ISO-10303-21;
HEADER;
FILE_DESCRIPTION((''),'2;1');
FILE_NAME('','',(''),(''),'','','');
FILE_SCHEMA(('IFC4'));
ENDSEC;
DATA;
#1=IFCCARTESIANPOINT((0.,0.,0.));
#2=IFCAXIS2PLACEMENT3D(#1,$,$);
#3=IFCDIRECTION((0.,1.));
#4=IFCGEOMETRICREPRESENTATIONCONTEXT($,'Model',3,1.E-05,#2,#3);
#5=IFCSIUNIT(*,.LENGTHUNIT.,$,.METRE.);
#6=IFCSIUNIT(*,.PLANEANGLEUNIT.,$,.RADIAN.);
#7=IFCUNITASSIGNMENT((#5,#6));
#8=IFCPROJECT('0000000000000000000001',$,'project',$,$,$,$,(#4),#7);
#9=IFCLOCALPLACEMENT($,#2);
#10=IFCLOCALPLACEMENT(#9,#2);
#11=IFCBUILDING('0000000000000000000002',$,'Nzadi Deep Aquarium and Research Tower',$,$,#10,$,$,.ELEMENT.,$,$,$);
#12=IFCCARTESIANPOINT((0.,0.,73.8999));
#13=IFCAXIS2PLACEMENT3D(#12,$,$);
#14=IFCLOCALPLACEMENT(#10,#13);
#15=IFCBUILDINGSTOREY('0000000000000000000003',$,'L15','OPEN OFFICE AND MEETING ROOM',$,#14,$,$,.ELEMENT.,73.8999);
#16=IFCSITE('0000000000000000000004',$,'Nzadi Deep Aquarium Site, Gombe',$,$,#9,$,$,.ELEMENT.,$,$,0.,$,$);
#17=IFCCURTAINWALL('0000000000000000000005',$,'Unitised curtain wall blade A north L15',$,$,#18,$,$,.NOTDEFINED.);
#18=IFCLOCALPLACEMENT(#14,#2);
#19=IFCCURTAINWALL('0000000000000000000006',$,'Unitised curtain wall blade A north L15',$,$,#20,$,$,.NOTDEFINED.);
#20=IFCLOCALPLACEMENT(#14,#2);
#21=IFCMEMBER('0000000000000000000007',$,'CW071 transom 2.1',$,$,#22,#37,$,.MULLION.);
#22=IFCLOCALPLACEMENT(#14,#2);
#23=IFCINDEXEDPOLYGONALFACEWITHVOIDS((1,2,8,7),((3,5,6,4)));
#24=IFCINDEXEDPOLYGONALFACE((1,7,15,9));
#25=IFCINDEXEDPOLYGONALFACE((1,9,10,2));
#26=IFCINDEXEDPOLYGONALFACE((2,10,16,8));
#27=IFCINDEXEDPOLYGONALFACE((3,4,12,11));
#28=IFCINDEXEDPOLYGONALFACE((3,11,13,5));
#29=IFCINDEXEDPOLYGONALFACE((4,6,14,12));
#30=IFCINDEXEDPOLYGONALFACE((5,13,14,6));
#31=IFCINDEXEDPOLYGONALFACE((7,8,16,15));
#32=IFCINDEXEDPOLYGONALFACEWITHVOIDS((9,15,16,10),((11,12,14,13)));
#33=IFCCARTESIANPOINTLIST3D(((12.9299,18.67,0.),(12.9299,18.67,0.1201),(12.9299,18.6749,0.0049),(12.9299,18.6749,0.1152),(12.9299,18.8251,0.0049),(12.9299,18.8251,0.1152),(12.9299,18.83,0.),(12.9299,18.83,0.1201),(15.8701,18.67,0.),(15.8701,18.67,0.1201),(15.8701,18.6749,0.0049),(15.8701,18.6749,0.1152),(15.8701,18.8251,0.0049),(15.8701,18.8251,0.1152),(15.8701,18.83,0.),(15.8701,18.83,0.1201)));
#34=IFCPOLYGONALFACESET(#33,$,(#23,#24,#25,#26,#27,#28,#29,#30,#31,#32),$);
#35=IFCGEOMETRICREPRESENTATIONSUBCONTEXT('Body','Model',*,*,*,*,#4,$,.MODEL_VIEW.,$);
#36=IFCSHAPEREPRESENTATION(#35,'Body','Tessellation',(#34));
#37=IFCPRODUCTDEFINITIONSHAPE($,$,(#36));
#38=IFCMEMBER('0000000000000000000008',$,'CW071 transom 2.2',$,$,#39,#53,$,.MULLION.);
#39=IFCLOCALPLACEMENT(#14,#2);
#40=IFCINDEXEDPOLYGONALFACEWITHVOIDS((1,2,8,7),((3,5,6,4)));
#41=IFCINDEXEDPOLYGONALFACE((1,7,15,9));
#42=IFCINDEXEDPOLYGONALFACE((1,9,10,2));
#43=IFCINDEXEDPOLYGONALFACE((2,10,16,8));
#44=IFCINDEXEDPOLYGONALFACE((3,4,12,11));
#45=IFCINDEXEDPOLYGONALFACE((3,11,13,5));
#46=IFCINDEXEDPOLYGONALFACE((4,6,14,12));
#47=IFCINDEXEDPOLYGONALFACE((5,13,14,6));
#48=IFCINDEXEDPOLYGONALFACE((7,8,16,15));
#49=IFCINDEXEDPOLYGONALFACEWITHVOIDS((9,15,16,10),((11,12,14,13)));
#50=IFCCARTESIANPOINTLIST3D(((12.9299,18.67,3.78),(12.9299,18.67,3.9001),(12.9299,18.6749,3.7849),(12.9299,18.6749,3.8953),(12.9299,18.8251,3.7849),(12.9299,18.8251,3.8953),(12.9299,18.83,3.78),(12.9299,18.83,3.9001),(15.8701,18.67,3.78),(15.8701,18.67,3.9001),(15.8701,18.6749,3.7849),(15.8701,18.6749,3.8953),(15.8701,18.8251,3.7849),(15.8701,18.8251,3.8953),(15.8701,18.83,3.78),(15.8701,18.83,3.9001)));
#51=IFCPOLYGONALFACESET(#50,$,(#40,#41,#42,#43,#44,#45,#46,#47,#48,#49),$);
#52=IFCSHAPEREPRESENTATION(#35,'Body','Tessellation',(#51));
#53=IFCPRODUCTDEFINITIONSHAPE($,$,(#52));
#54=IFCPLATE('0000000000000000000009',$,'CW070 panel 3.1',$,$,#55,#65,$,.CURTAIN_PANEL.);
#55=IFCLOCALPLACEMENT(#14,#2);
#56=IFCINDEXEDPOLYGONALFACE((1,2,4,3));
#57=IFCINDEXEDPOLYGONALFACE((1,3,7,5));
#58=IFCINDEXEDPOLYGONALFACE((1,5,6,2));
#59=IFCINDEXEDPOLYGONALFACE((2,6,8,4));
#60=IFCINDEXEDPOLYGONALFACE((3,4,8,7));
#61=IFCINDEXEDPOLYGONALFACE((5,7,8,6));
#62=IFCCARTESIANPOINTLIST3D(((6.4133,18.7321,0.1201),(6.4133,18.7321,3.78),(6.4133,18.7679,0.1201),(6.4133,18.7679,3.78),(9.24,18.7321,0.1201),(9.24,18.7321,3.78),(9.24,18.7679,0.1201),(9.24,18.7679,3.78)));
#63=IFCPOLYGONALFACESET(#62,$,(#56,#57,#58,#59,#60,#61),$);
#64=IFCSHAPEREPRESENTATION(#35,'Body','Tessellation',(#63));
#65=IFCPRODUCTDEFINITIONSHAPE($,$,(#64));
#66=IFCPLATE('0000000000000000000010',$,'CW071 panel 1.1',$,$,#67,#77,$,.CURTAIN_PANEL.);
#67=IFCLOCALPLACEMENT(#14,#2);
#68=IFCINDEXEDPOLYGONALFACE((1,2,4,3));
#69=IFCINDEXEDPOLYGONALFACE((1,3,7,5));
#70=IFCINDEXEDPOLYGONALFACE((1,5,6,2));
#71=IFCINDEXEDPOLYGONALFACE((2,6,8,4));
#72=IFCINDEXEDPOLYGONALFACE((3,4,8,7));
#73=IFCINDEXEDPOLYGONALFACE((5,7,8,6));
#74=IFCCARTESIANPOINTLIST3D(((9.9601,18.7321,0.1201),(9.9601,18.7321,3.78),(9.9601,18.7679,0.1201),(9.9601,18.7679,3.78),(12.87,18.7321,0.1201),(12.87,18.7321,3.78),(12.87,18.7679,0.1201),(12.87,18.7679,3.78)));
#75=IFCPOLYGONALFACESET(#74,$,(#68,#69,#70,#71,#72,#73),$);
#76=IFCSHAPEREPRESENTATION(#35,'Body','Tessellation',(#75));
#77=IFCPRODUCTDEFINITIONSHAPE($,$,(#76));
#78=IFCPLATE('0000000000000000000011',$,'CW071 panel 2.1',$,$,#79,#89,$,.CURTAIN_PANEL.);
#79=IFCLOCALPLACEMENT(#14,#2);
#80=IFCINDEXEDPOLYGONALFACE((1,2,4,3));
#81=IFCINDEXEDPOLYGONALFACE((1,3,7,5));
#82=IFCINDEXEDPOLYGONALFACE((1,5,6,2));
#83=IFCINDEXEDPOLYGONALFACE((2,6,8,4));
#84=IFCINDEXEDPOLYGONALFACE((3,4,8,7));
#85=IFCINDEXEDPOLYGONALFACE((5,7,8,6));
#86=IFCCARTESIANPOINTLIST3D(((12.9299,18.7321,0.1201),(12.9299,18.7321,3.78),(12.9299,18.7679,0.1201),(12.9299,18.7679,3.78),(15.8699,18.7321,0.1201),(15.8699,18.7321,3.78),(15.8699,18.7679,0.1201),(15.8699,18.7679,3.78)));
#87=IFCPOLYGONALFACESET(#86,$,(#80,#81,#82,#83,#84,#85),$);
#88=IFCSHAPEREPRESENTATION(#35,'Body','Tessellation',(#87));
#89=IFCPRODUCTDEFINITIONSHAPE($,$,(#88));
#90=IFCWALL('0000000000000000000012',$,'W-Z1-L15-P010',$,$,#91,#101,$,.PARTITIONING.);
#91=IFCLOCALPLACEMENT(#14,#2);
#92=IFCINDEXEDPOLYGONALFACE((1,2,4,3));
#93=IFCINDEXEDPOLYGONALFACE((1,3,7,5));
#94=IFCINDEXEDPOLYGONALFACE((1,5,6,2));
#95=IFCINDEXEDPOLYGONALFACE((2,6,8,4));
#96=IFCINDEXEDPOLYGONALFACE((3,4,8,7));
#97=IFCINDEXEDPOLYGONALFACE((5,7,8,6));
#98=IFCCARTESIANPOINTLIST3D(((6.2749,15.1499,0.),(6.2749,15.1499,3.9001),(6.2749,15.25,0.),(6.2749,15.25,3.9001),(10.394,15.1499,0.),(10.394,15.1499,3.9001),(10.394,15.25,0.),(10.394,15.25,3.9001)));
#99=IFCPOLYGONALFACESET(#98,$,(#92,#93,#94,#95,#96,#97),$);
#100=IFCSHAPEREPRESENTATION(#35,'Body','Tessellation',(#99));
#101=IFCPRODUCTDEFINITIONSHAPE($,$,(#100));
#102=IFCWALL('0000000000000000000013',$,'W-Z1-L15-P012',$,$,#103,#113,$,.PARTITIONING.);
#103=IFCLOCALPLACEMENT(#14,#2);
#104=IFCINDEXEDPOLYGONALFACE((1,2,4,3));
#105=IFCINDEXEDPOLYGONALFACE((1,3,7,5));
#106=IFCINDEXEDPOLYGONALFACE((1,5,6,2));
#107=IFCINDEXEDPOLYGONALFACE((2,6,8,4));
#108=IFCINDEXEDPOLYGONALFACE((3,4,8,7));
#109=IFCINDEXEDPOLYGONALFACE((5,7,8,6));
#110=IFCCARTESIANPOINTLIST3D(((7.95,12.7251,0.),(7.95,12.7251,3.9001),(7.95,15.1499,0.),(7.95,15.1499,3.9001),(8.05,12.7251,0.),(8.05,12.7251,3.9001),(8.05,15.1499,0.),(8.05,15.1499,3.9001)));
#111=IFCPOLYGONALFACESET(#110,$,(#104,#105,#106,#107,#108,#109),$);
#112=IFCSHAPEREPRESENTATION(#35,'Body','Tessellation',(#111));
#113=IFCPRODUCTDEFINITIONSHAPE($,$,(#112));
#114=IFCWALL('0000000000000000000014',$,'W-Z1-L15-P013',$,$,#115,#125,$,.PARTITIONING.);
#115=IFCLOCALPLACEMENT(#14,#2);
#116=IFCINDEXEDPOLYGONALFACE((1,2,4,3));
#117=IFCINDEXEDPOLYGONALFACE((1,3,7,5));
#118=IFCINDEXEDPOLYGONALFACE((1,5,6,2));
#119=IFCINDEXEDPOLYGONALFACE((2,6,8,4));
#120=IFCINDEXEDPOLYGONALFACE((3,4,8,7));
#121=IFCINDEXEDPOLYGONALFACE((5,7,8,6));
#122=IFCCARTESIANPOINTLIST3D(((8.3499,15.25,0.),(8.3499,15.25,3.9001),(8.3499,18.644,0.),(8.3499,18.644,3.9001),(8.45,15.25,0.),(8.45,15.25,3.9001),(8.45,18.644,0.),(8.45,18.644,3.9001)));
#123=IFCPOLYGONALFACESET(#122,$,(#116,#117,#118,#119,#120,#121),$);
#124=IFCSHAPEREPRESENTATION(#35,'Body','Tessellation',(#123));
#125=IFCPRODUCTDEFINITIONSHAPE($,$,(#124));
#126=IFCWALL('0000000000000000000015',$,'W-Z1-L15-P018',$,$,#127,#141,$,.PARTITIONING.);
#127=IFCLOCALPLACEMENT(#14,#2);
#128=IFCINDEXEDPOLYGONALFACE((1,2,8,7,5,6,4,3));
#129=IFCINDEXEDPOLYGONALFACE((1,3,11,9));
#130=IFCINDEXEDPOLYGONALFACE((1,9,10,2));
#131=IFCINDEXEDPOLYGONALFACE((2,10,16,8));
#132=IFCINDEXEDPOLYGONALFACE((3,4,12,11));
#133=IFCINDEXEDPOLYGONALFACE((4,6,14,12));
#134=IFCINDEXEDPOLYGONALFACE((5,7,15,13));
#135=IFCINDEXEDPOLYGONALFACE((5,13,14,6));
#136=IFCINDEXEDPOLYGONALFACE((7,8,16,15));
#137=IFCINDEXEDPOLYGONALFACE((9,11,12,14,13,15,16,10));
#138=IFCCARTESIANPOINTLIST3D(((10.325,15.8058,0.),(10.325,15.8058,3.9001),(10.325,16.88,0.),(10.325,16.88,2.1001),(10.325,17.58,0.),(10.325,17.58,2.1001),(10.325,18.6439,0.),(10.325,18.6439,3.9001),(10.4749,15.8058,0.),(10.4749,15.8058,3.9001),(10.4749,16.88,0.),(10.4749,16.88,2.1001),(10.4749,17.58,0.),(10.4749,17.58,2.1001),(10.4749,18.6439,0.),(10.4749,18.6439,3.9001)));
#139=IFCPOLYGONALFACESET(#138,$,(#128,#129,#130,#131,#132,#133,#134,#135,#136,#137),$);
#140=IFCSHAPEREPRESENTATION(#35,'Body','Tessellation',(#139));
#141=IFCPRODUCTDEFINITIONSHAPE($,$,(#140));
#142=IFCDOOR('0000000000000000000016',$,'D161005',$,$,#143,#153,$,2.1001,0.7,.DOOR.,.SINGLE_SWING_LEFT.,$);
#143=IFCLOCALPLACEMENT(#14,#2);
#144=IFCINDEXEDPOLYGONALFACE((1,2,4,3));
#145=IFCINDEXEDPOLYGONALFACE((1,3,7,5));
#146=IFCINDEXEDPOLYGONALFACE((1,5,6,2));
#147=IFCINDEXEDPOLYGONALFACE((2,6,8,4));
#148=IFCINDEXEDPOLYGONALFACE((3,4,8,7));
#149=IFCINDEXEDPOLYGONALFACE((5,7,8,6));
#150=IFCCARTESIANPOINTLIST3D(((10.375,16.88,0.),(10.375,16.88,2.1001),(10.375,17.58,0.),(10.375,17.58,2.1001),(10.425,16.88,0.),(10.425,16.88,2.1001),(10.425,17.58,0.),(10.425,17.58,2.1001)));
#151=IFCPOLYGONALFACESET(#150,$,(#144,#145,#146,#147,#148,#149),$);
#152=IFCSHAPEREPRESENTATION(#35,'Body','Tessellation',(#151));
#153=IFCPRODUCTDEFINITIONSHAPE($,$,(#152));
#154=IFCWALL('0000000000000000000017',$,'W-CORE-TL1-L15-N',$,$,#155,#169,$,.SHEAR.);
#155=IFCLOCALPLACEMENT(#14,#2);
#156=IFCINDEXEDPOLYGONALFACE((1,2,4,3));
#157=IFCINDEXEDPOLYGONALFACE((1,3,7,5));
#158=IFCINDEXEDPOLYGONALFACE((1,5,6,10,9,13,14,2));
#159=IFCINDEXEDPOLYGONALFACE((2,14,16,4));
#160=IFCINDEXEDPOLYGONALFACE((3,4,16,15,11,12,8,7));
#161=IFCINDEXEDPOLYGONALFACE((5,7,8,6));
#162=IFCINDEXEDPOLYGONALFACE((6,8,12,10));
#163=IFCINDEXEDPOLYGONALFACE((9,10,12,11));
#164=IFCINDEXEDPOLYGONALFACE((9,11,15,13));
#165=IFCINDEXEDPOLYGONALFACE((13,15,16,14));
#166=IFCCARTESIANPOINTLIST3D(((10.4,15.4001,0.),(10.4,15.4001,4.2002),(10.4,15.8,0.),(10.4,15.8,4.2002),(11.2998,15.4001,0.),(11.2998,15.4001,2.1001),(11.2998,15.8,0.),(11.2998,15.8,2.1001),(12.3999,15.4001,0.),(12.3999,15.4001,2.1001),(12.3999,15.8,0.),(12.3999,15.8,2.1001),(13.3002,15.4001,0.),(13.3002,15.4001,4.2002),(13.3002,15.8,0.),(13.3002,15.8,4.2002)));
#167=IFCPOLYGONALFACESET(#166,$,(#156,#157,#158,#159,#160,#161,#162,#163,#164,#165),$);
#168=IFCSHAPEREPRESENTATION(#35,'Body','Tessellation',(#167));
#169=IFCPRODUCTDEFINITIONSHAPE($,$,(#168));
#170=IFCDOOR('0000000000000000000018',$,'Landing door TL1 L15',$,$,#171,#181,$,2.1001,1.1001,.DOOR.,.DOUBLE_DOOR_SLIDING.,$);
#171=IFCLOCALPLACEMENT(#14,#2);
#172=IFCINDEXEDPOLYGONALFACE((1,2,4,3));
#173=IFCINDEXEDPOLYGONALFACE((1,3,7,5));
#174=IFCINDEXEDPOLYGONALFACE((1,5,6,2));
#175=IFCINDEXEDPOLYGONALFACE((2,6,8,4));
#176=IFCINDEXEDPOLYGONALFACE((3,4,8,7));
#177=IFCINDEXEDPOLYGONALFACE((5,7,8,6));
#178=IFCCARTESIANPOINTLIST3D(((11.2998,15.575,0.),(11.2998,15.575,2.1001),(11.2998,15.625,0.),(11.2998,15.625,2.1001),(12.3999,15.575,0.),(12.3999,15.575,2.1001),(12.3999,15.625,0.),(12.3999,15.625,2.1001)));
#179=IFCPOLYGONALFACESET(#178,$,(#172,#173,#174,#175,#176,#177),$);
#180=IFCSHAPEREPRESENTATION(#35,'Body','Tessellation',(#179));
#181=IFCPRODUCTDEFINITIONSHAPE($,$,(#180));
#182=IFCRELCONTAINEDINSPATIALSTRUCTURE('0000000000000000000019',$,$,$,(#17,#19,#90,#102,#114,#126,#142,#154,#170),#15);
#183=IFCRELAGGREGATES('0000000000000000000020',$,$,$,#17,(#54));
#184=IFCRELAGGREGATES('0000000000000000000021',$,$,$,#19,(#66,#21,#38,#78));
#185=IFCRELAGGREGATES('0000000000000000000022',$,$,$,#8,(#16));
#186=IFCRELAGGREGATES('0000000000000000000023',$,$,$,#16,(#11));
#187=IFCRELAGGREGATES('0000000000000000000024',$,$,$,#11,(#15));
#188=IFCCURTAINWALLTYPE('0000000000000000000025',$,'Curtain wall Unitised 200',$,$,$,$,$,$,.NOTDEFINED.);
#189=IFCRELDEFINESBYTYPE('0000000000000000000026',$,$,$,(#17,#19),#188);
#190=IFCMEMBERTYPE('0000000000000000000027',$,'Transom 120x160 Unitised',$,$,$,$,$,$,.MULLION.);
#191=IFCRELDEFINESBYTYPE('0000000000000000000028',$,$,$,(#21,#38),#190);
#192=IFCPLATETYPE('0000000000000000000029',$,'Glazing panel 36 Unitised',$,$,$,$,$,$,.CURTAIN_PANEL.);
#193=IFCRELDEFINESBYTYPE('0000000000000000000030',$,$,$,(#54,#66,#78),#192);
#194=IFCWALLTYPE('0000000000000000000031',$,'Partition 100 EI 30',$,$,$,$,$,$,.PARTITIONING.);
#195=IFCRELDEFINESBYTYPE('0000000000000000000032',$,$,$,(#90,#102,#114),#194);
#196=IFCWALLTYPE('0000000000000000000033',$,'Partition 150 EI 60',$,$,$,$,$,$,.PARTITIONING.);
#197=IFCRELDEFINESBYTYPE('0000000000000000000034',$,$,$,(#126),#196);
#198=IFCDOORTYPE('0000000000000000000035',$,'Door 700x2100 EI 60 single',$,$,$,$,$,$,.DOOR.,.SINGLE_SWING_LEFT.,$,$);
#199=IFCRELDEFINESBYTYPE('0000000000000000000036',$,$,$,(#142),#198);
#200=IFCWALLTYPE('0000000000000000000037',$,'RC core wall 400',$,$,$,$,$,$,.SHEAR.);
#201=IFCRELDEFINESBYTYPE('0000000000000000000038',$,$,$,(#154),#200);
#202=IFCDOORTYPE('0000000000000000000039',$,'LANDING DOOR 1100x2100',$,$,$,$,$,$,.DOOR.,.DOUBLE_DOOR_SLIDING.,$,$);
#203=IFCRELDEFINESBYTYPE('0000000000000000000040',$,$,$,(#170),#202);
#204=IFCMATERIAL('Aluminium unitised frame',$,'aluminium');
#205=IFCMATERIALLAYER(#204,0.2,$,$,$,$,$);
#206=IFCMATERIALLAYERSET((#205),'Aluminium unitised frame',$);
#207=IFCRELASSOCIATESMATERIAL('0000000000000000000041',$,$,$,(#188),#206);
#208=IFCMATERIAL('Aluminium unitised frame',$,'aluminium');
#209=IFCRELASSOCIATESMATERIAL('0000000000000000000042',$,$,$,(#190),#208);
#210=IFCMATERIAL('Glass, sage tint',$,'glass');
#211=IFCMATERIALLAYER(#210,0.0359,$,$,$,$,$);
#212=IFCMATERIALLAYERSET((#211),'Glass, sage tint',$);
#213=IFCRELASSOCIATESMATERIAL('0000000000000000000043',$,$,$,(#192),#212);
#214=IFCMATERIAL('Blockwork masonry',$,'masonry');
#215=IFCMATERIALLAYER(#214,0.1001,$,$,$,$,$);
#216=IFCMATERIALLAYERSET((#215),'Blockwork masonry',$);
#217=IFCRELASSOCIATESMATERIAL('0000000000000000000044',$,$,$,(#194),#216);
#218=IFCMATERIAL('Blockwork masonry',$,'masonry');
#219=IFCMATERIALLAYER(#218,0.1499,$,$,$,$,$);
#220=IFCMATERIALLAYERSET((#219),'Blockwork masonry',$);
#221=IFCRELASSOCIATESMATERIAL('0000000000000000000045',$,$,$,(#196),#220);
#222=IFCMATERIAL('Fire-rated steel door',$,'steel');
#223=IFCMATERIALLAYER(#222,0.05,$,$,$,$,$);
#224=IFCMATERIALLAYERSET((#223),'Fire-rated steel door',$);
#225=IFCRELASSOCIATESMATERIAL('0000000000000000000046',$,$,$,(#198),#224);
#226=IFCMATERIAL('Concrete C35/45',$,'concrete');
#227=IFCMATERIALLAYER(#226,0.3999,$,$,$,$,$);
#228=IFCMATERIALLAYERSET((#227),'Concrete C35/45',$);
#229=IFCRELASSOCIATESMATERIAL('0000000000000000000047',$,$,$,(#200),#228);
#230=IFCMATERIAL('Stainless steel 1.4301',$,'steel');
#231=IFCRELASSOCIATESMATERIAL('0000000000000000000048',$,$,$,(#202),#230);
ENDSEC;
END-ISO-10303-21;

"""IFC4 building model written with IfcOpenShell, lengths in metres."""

from ifc_helpers import new_model, si_unit, direction, frame, frame_2d, origin, origin_2d, place, context, subcontext, project, spatial, rectangle, hollow_rectangle, extrude, material, layer, layer_set, material_profile, profile_set, type_object, element, fill, aggregate, save


model = new_model("IFC4")

# Units and contexts
model_context = context("Model", 3, precision=1e-05, world=origin(), true_north=direction((0.0, 1.0)))
body_context = subcontext(model_context, "Body", "Model", "MODEL_VIEW")
ifc_project = project(units=[si_unit("LENGTHUNIT", "METRE"), si_unit("PLANEANGLEUNIT", "RADIAN")], contexts=[model_context])

# Site, building, storey
site_placement = place(None, origin())
site = spatial("IfcSite", under=ifc_project, at=site_placement, Name="Nzadi Deep Aquarium Site, Gombe", CompositionType="ELEMENT", RefElevation=0.0)
building_placement = place(site_placement, origin())
building = spatial("IfcBuilding", under=site, at=building_placement, Name="Nzadi Deep Aquarium and Research Tower", CompositionType="ELEMENT")
storey_placement = place(building_placement, frame((0.0, 0.0, 73.8999)))
storey = spatial("IfcBuildingStorey", under=building, at=storey_placement, Name="L15", Description="OPEN OFFICE AND MEETING ROOM", CompositionType="ELEMENT", Elevation=73.8999)

# Curtain walls
ifc_material_1 = material(Name="Aluminium unitised frame", Category="aluminium")
ifc_layer_1 = layer(ifc_material_1, 0.2)
ifc_layer_set_1 = layer_set([ifc_layer_1], Name="Aluminium unitised frame")
curtain_wall_type = type_object("IfcCurtainWallType", Name="Curtain wall Unitised 200", PredefinedType="NOTDEFINED", material=ifc_layer_set_1)
curtain_wall_1_placement = place(storey_placement, origin())
curtain_wall_1 = element("IfcCurtainWall", 1, at=curtain_wall_1_placement, inside=storey, type_object=curtain_wall_type, Name="Unitised curtain wall blade A north L15", PredefinedType="NOTDEFINED")
curtain_wall_2_placement = place(storey_placement, origin())
curtain_wall_2 = element("IfcCurtainWall", 2, at=curtain_wall_2_placement, inside=storey, type_object=curtain_wall_type, Name="Unitised curtain wall blade A north L15", PredefinedType="NOTDEFINED")

# Members
ifc_material_2 = material(Name="Aluminium unitised frame", Category="aluminium")
ifc_material_profile_1 = material_profile(ifc_material_2, hollow_rectangle(XDim=0.1599, YDim=0.1201, WallThickness=0.0049, at=origin_2d()))
ifc_profile_set_1 = profile_set([ifc_material_profile_1], Name="Aluminium unitised frame")
member_type_1 = type_object("IfcMemberType", Name="Transom 120x160 Unitised", PredefinedType="MULLION", material=ifc_profile_set_1)
member_1_placement = place(storey_placement, frame((12.9299, 18.75, 0.0601), z_axis=(1.0, 0.0, 0.0), x_axis=(0.0, 1.0, 0.0)))
member_1 = element("IfcMember", 3, at=member_1_placement, type_object=member_type_1, Name="CW071 transom 2.1", PredefinedType="MULLION", context=body_context, shape_type="SweptSolid", body=[
    extrude(hollow_rectangle(XDim=0.1599, YDim=0.1201, WallThickness=0.0049, at=origin_2d()), origin(), (0.0, 0.0, 1.0), 2.9402),
])
member_2_placement = place(storey_placement, frame((12.9299, 18.75, 3.8401), z_axis=(1.0, 0.0, 0.0), x_axis=(0.0, 1.0, 0.0)))
member_2 = element("IfcMember", 4, at=member_2_placement, type_object=member_type_1, Name="CW071 transom 2.2", PredefinedType="MULLION", context=body_context, shape_type="SweptSolid", body=[
    extrude(hollow_rectangle(XDim=0.1599, YDim=0.1201, WallThickness=0.0049, at=origin_2d()), origin(), (0.0, 0.0, 1.0), 2.9402),
])

# Plates
ifc_material_3 = material(Name="Glass, sage tint", Category="glass")
ifc_layer_2 = layer(ifc_material_3, 0.0359)
ifc_layer_set_2 = layer_set([ifc_layer_2], Name="Glass, sage tint")
plate_type = type_object("IfcPlateType", Name="Glazing panel 36 Unitised", PredefinedType="CURTAIN_PANEL", material=ifc_layer_set_2)
plate_1_placement = place(storey_placement, frame((7.8267, 18.75, 0.1201), z_axis=(0.0, 0.0, 1.0), x_axis=(1.0, 0.0, 0.0)))
plate_1 = element("IfcPlate", 5, at=plate_1_placement, type_object=plate_type, Name="CW070 panel 3.1", PredefinedType="CURTAIN_PANEL", context=body_context, shape_type="SweptSolid", body=[
    extrude(rectangle(XDim=2.8267, YDim=0.0359, at=origin_2d()), origin(), (0.0, 0.0, 1.0), 3.6599),
])
aggregate(curtain_wall_1, [plate_1])
plate_2_placement = place(storey_placement, frame((11.415, 18.75, 0.1201), z_axis=(0.0, 0.0, 1.0), x_axis=(1.0, 0.0, 0.0)))
plate_2 = element("IfcPlate", 6, at=plate_2_placement, type_object=plate_type, Name="CW071 panel 1.1", PredefinedType="CURTAIN_PANEL", context=body_context, shape_type="SweptSolid", body=[
    extrude(rectangle(XDim=2.9099, YDim=0.0359, at=origin_2d()), origin(), (0.0, 0.0, 1.0), 3.6599),
])
plate_3_placement = place(storey_placement, frame((14.3999, 18.75, 0.1201), z_axis=(0.0, 0.0, 1.0), x_axis=(1.0, 0.0, 0.0)))
plate_3 = element("IfcPlate", 7, at=plate_3_placement, type_object=plate_type, Name="CW071 panel 2.1", PredefinedType="CURTAIN_PANEL", context=body_context, shape_type="SweptSolid", body=[
    extrude(rectangle(XDim=2.9399, YDim=0.0359, at=origin_2d()), origin(), (0.0, 0.0, 1.0), 3.6599),
])
aggregate(curtain_wall_2, [plate_2, member_1, member_2, plate_3])

# Walls
ifc_material_4 = material(Name="Blockwork masonry", Category="masonry")
ifc_layer_3 = layer(ifc_material_4, 0.1001)
ifc_layer_set_3 = layer_set([ifc_layer_3], Name="Blockwork masonry")
wall_type_1 = type_object("IfcWallType", Name="Partition 100 EI 30", PredefinedType="PARTITIONING", material=ifc_layer_set_3)
wall_1_placement = place(storey_placement, frame((6.2749, 15.2, 0.0), z_axis=(0.0, 0.0, 1.0), x_axis=(1.0, 0.0, 0.0)))
element("IfcWall", 8, at=wall_1_placement, inside=storey, type_object=wall_type_1, Name="W-Z1-L15-P010", PredefinedType="PARTITIONING", context=body_context, shape_type="SweptSolid", body=[
    extrude(rectangle(XDim=4.1191, YDim=0.1001, at=frame_2d((2.0596, 0.0))), origin(), (0.0, 0.0, 1.0), 3.9001),
])
wall_2_placement = place(storey_placement, frame((8.0, 12.7251, 0.0), z_axis=(0.0, 0.0, 1.0), x_axis=(0.0, 1.0, 0.0)))
element("IfcWall", 9, at=wall_2_placement, inside=storey, type_object=wall_type_1, Name="W-Z1-L15-P012", PredefinedType="PARTITIONING", context=body_context, shape_type="SweptSolid", body=[
    extrude(rectangle(XDim=2.4248, YDim=0.1001, at=frame_2d((1.2124, 0.0))), origin(), (0.0, 0.0, 1.0), 3.9001),
])
wall_3_placement = place(storey_placement, frame((8.3999, 15.25, 0.0), z_axis=(0.0, 0.0, 1.0), x_axis=(0.0, 1.0, 0.0)))
element("IfcWall", 10, at=wall_3_placement, inside=storey, type_object=wall_type_1, Name="W-Z1-L15-P013", PredefinedType="PARTITIONING", context=body_context, shape_type="SweptSolid", body=[
    extrude(rectangle(XDim=3.394, YDim=0.1001, at=frame_2d((1.697, 0.0))), origin(), (0.0, 0.0, 1.0), 3.9001),
])

# Walls, openings, doors
ifc_material_5 = material(Name="Blockwork masonry", Category="masonry")
ifc_layer_4 = layer(ifc_material_5, 0.1499)
ifc_layer_set_4 = layer_set([ifc_layer_4], Name="Blockwork masonry")
wall_type_2 = type_object("IfcWallType", Name="Partition 150 EI 60", PredefinedType="PARTITIONING", material=ifc_layer_set_4)
wall_4_placement = place(storey_placement, frame((10.3999, 15.8059, 0.0), z_axis=(0.0, 0.0, 1.0), x_axis=(0.0, 1.0, 0.0)))
wall_4 = element("IfcWall", 11, at=wall_4_placement, inside=storey, type_object=wall_type_2, Name="W-Z1-L15-P018", PredefinedType="PARTITIONING", context=body_context, shape_type="SweptSolid", body=[
    extrude(rectangle(XDim=2.8381, YDim=0.1499, at=frame_2d((1.4189, 0.0))), origin(), (0.0, 0.0, 1.0), 3.9001),
])
opening_1_placement = place(wall_4_placement, frame((1.074, 0.0, 0.0)))
opening_1 = element("IfcOpeningElement", 12, at=opening_1_placement, cuts=wall_4, PredefinedType="OPENING", context=body_context, shape_type="SweptSolid", body=[
    extrude(rectangle(XDim=0.7, YDim=2.1001, at=frame_2d((0.3501, 1.05))), frame((0.0, 0.085, 0.0), z_axis=(0.0, -1.0, 0.0), x_axis=(1.0, 0.0, 0.0)), (0.0, 0.0, 1.0), 0.1699),
])
ifc_material_6 = material(Name="Fire-rated steel door", Category="steel")
ifc_layer_5 = layer(ifc_material_6, 0.05)
ifc_layer_set_5 = layer_set([ifc_layer_5], Name="Fire-rated steel door")
door_type_1 = type_object("IfcDoorType", Name="Door 700x2100 EI 60 single", OperationType="SINGLE_SWING_LEFT", PredefinedType="DOOR", material=ifc_layer_set_5)
door_1_placement = place(opening_1_placement, origin())
door_1 = element("IfcDoor", 13, at=door_1_placement, inside=storey, type_object=door_type_1, Name="D161005", OperationType="SINGLE_SWING_LEFT", OverallHeight=2.1001, OverallWidth=0.7, PredefinedType="DOOR", context=body_context, shape_type="SweptSolid", body=[
    extrude(rectangle(XDim=0.7, YDim=2.1001, at=frame_2d((0.3501, 1.05))), frame((0.0, 0.0249, 0.0), z_axis=(0.0, -1.0, 0.0), x_axis=(1.0, 0.0, 0.0)), (0.0, 0.0, 1.0), 0.05),
])
fill(opening_1, door_1)
ifc_material_7 = material(Name="Concrete C35/45", Category="concrete")
ifc_layer_6 = layer(ifc_material_7, 0.3999)
ifc_layer_set_6 = layer_set([ifc_layer_6], Name="Concrete C35/45")
wall_type_3 = type_object("IfcWallType", Name="RC core wall 400", PredefinedType="SHEAR", material=ifc_layer_set_6)
wall_5_placement = place(storey_placement, frame((10.3999, 15.6001, 0.0), z_axis=(0.0, 0.0, 1.0), x_axis=(1.0, 0.0, 0.0)))
wall_5 = element("IfcWall", 14, at=wall_5_placement, inside=storey, type_object=wall_type_3, Name="W-CORE-TL1-L15-N", PredefinedType="SHEAR", context=body_context, shape_type="SweptSolid", body=[
    extrude(rectangle(XDim=2.9001, YDim=0.3999, at=frame_2d((1.4502, 0.0))), origin(), (0.0, 0.0, 1.0), 4.2002),
])
opening_2_placement = place(wall_5_placement, frame((0.8999, 0.0, 0.0)))
opening_2 = element("IfcOpeningElement", 15, at=opening_2_placement, cuts=wall_5, PredefinedType="OPENING", context=body_context, shape_type="SweptSolid", body=[
    extrude(rectangle(XDim=1.1001, YDim=2.1001, at=frame_2d((0.55, 1.05))), frame((0.0, 0.21, 0.0), z_axis=(0.0, -1.0, 0.0), x_axis=(1.0, 0.0, 0.0)), (0.0, 0.0, 1.0), 0.4199),
])
ifc_material_8 = material(Name="Stainless steel 1.4301", Category="steel")
door_type_2 = type_object("IfcDoorType", Name="LANDING DOOR 1100x2100", OperationType="DOUBLE_DOOR_SLIDING", PredefinedType="DOOR", material=ifc_material_8)
door_2_placement = place(opening_2_placement, origin())
door_2 = element("IfcDoor", 16, at=door_2_placement, inside=storey, type_object=door_type_2, Name="Landing door TL1 L15", OperationType="DOUBLE_DOOR_SLIDING", OverallHeight=2.1001, OverallWidth=1.1001, PredefinedType="DOOR", context=body_context, shape_type="SweptSolid", body=[
    extrude(rectangle(XDim=1.1001, YDim=2.1001, at=frame_2d((0.55, 1.05))), frame((0.0, 0.0249, 0.0), z_axis=(0.0, -1.0, 0.0), x_axis=(1.0, 0.0, 0.0)), (0.0, 0.0, 1.0), 0.05),
])
fill(opening_2, door_2)

save(model, "model.ifc")
